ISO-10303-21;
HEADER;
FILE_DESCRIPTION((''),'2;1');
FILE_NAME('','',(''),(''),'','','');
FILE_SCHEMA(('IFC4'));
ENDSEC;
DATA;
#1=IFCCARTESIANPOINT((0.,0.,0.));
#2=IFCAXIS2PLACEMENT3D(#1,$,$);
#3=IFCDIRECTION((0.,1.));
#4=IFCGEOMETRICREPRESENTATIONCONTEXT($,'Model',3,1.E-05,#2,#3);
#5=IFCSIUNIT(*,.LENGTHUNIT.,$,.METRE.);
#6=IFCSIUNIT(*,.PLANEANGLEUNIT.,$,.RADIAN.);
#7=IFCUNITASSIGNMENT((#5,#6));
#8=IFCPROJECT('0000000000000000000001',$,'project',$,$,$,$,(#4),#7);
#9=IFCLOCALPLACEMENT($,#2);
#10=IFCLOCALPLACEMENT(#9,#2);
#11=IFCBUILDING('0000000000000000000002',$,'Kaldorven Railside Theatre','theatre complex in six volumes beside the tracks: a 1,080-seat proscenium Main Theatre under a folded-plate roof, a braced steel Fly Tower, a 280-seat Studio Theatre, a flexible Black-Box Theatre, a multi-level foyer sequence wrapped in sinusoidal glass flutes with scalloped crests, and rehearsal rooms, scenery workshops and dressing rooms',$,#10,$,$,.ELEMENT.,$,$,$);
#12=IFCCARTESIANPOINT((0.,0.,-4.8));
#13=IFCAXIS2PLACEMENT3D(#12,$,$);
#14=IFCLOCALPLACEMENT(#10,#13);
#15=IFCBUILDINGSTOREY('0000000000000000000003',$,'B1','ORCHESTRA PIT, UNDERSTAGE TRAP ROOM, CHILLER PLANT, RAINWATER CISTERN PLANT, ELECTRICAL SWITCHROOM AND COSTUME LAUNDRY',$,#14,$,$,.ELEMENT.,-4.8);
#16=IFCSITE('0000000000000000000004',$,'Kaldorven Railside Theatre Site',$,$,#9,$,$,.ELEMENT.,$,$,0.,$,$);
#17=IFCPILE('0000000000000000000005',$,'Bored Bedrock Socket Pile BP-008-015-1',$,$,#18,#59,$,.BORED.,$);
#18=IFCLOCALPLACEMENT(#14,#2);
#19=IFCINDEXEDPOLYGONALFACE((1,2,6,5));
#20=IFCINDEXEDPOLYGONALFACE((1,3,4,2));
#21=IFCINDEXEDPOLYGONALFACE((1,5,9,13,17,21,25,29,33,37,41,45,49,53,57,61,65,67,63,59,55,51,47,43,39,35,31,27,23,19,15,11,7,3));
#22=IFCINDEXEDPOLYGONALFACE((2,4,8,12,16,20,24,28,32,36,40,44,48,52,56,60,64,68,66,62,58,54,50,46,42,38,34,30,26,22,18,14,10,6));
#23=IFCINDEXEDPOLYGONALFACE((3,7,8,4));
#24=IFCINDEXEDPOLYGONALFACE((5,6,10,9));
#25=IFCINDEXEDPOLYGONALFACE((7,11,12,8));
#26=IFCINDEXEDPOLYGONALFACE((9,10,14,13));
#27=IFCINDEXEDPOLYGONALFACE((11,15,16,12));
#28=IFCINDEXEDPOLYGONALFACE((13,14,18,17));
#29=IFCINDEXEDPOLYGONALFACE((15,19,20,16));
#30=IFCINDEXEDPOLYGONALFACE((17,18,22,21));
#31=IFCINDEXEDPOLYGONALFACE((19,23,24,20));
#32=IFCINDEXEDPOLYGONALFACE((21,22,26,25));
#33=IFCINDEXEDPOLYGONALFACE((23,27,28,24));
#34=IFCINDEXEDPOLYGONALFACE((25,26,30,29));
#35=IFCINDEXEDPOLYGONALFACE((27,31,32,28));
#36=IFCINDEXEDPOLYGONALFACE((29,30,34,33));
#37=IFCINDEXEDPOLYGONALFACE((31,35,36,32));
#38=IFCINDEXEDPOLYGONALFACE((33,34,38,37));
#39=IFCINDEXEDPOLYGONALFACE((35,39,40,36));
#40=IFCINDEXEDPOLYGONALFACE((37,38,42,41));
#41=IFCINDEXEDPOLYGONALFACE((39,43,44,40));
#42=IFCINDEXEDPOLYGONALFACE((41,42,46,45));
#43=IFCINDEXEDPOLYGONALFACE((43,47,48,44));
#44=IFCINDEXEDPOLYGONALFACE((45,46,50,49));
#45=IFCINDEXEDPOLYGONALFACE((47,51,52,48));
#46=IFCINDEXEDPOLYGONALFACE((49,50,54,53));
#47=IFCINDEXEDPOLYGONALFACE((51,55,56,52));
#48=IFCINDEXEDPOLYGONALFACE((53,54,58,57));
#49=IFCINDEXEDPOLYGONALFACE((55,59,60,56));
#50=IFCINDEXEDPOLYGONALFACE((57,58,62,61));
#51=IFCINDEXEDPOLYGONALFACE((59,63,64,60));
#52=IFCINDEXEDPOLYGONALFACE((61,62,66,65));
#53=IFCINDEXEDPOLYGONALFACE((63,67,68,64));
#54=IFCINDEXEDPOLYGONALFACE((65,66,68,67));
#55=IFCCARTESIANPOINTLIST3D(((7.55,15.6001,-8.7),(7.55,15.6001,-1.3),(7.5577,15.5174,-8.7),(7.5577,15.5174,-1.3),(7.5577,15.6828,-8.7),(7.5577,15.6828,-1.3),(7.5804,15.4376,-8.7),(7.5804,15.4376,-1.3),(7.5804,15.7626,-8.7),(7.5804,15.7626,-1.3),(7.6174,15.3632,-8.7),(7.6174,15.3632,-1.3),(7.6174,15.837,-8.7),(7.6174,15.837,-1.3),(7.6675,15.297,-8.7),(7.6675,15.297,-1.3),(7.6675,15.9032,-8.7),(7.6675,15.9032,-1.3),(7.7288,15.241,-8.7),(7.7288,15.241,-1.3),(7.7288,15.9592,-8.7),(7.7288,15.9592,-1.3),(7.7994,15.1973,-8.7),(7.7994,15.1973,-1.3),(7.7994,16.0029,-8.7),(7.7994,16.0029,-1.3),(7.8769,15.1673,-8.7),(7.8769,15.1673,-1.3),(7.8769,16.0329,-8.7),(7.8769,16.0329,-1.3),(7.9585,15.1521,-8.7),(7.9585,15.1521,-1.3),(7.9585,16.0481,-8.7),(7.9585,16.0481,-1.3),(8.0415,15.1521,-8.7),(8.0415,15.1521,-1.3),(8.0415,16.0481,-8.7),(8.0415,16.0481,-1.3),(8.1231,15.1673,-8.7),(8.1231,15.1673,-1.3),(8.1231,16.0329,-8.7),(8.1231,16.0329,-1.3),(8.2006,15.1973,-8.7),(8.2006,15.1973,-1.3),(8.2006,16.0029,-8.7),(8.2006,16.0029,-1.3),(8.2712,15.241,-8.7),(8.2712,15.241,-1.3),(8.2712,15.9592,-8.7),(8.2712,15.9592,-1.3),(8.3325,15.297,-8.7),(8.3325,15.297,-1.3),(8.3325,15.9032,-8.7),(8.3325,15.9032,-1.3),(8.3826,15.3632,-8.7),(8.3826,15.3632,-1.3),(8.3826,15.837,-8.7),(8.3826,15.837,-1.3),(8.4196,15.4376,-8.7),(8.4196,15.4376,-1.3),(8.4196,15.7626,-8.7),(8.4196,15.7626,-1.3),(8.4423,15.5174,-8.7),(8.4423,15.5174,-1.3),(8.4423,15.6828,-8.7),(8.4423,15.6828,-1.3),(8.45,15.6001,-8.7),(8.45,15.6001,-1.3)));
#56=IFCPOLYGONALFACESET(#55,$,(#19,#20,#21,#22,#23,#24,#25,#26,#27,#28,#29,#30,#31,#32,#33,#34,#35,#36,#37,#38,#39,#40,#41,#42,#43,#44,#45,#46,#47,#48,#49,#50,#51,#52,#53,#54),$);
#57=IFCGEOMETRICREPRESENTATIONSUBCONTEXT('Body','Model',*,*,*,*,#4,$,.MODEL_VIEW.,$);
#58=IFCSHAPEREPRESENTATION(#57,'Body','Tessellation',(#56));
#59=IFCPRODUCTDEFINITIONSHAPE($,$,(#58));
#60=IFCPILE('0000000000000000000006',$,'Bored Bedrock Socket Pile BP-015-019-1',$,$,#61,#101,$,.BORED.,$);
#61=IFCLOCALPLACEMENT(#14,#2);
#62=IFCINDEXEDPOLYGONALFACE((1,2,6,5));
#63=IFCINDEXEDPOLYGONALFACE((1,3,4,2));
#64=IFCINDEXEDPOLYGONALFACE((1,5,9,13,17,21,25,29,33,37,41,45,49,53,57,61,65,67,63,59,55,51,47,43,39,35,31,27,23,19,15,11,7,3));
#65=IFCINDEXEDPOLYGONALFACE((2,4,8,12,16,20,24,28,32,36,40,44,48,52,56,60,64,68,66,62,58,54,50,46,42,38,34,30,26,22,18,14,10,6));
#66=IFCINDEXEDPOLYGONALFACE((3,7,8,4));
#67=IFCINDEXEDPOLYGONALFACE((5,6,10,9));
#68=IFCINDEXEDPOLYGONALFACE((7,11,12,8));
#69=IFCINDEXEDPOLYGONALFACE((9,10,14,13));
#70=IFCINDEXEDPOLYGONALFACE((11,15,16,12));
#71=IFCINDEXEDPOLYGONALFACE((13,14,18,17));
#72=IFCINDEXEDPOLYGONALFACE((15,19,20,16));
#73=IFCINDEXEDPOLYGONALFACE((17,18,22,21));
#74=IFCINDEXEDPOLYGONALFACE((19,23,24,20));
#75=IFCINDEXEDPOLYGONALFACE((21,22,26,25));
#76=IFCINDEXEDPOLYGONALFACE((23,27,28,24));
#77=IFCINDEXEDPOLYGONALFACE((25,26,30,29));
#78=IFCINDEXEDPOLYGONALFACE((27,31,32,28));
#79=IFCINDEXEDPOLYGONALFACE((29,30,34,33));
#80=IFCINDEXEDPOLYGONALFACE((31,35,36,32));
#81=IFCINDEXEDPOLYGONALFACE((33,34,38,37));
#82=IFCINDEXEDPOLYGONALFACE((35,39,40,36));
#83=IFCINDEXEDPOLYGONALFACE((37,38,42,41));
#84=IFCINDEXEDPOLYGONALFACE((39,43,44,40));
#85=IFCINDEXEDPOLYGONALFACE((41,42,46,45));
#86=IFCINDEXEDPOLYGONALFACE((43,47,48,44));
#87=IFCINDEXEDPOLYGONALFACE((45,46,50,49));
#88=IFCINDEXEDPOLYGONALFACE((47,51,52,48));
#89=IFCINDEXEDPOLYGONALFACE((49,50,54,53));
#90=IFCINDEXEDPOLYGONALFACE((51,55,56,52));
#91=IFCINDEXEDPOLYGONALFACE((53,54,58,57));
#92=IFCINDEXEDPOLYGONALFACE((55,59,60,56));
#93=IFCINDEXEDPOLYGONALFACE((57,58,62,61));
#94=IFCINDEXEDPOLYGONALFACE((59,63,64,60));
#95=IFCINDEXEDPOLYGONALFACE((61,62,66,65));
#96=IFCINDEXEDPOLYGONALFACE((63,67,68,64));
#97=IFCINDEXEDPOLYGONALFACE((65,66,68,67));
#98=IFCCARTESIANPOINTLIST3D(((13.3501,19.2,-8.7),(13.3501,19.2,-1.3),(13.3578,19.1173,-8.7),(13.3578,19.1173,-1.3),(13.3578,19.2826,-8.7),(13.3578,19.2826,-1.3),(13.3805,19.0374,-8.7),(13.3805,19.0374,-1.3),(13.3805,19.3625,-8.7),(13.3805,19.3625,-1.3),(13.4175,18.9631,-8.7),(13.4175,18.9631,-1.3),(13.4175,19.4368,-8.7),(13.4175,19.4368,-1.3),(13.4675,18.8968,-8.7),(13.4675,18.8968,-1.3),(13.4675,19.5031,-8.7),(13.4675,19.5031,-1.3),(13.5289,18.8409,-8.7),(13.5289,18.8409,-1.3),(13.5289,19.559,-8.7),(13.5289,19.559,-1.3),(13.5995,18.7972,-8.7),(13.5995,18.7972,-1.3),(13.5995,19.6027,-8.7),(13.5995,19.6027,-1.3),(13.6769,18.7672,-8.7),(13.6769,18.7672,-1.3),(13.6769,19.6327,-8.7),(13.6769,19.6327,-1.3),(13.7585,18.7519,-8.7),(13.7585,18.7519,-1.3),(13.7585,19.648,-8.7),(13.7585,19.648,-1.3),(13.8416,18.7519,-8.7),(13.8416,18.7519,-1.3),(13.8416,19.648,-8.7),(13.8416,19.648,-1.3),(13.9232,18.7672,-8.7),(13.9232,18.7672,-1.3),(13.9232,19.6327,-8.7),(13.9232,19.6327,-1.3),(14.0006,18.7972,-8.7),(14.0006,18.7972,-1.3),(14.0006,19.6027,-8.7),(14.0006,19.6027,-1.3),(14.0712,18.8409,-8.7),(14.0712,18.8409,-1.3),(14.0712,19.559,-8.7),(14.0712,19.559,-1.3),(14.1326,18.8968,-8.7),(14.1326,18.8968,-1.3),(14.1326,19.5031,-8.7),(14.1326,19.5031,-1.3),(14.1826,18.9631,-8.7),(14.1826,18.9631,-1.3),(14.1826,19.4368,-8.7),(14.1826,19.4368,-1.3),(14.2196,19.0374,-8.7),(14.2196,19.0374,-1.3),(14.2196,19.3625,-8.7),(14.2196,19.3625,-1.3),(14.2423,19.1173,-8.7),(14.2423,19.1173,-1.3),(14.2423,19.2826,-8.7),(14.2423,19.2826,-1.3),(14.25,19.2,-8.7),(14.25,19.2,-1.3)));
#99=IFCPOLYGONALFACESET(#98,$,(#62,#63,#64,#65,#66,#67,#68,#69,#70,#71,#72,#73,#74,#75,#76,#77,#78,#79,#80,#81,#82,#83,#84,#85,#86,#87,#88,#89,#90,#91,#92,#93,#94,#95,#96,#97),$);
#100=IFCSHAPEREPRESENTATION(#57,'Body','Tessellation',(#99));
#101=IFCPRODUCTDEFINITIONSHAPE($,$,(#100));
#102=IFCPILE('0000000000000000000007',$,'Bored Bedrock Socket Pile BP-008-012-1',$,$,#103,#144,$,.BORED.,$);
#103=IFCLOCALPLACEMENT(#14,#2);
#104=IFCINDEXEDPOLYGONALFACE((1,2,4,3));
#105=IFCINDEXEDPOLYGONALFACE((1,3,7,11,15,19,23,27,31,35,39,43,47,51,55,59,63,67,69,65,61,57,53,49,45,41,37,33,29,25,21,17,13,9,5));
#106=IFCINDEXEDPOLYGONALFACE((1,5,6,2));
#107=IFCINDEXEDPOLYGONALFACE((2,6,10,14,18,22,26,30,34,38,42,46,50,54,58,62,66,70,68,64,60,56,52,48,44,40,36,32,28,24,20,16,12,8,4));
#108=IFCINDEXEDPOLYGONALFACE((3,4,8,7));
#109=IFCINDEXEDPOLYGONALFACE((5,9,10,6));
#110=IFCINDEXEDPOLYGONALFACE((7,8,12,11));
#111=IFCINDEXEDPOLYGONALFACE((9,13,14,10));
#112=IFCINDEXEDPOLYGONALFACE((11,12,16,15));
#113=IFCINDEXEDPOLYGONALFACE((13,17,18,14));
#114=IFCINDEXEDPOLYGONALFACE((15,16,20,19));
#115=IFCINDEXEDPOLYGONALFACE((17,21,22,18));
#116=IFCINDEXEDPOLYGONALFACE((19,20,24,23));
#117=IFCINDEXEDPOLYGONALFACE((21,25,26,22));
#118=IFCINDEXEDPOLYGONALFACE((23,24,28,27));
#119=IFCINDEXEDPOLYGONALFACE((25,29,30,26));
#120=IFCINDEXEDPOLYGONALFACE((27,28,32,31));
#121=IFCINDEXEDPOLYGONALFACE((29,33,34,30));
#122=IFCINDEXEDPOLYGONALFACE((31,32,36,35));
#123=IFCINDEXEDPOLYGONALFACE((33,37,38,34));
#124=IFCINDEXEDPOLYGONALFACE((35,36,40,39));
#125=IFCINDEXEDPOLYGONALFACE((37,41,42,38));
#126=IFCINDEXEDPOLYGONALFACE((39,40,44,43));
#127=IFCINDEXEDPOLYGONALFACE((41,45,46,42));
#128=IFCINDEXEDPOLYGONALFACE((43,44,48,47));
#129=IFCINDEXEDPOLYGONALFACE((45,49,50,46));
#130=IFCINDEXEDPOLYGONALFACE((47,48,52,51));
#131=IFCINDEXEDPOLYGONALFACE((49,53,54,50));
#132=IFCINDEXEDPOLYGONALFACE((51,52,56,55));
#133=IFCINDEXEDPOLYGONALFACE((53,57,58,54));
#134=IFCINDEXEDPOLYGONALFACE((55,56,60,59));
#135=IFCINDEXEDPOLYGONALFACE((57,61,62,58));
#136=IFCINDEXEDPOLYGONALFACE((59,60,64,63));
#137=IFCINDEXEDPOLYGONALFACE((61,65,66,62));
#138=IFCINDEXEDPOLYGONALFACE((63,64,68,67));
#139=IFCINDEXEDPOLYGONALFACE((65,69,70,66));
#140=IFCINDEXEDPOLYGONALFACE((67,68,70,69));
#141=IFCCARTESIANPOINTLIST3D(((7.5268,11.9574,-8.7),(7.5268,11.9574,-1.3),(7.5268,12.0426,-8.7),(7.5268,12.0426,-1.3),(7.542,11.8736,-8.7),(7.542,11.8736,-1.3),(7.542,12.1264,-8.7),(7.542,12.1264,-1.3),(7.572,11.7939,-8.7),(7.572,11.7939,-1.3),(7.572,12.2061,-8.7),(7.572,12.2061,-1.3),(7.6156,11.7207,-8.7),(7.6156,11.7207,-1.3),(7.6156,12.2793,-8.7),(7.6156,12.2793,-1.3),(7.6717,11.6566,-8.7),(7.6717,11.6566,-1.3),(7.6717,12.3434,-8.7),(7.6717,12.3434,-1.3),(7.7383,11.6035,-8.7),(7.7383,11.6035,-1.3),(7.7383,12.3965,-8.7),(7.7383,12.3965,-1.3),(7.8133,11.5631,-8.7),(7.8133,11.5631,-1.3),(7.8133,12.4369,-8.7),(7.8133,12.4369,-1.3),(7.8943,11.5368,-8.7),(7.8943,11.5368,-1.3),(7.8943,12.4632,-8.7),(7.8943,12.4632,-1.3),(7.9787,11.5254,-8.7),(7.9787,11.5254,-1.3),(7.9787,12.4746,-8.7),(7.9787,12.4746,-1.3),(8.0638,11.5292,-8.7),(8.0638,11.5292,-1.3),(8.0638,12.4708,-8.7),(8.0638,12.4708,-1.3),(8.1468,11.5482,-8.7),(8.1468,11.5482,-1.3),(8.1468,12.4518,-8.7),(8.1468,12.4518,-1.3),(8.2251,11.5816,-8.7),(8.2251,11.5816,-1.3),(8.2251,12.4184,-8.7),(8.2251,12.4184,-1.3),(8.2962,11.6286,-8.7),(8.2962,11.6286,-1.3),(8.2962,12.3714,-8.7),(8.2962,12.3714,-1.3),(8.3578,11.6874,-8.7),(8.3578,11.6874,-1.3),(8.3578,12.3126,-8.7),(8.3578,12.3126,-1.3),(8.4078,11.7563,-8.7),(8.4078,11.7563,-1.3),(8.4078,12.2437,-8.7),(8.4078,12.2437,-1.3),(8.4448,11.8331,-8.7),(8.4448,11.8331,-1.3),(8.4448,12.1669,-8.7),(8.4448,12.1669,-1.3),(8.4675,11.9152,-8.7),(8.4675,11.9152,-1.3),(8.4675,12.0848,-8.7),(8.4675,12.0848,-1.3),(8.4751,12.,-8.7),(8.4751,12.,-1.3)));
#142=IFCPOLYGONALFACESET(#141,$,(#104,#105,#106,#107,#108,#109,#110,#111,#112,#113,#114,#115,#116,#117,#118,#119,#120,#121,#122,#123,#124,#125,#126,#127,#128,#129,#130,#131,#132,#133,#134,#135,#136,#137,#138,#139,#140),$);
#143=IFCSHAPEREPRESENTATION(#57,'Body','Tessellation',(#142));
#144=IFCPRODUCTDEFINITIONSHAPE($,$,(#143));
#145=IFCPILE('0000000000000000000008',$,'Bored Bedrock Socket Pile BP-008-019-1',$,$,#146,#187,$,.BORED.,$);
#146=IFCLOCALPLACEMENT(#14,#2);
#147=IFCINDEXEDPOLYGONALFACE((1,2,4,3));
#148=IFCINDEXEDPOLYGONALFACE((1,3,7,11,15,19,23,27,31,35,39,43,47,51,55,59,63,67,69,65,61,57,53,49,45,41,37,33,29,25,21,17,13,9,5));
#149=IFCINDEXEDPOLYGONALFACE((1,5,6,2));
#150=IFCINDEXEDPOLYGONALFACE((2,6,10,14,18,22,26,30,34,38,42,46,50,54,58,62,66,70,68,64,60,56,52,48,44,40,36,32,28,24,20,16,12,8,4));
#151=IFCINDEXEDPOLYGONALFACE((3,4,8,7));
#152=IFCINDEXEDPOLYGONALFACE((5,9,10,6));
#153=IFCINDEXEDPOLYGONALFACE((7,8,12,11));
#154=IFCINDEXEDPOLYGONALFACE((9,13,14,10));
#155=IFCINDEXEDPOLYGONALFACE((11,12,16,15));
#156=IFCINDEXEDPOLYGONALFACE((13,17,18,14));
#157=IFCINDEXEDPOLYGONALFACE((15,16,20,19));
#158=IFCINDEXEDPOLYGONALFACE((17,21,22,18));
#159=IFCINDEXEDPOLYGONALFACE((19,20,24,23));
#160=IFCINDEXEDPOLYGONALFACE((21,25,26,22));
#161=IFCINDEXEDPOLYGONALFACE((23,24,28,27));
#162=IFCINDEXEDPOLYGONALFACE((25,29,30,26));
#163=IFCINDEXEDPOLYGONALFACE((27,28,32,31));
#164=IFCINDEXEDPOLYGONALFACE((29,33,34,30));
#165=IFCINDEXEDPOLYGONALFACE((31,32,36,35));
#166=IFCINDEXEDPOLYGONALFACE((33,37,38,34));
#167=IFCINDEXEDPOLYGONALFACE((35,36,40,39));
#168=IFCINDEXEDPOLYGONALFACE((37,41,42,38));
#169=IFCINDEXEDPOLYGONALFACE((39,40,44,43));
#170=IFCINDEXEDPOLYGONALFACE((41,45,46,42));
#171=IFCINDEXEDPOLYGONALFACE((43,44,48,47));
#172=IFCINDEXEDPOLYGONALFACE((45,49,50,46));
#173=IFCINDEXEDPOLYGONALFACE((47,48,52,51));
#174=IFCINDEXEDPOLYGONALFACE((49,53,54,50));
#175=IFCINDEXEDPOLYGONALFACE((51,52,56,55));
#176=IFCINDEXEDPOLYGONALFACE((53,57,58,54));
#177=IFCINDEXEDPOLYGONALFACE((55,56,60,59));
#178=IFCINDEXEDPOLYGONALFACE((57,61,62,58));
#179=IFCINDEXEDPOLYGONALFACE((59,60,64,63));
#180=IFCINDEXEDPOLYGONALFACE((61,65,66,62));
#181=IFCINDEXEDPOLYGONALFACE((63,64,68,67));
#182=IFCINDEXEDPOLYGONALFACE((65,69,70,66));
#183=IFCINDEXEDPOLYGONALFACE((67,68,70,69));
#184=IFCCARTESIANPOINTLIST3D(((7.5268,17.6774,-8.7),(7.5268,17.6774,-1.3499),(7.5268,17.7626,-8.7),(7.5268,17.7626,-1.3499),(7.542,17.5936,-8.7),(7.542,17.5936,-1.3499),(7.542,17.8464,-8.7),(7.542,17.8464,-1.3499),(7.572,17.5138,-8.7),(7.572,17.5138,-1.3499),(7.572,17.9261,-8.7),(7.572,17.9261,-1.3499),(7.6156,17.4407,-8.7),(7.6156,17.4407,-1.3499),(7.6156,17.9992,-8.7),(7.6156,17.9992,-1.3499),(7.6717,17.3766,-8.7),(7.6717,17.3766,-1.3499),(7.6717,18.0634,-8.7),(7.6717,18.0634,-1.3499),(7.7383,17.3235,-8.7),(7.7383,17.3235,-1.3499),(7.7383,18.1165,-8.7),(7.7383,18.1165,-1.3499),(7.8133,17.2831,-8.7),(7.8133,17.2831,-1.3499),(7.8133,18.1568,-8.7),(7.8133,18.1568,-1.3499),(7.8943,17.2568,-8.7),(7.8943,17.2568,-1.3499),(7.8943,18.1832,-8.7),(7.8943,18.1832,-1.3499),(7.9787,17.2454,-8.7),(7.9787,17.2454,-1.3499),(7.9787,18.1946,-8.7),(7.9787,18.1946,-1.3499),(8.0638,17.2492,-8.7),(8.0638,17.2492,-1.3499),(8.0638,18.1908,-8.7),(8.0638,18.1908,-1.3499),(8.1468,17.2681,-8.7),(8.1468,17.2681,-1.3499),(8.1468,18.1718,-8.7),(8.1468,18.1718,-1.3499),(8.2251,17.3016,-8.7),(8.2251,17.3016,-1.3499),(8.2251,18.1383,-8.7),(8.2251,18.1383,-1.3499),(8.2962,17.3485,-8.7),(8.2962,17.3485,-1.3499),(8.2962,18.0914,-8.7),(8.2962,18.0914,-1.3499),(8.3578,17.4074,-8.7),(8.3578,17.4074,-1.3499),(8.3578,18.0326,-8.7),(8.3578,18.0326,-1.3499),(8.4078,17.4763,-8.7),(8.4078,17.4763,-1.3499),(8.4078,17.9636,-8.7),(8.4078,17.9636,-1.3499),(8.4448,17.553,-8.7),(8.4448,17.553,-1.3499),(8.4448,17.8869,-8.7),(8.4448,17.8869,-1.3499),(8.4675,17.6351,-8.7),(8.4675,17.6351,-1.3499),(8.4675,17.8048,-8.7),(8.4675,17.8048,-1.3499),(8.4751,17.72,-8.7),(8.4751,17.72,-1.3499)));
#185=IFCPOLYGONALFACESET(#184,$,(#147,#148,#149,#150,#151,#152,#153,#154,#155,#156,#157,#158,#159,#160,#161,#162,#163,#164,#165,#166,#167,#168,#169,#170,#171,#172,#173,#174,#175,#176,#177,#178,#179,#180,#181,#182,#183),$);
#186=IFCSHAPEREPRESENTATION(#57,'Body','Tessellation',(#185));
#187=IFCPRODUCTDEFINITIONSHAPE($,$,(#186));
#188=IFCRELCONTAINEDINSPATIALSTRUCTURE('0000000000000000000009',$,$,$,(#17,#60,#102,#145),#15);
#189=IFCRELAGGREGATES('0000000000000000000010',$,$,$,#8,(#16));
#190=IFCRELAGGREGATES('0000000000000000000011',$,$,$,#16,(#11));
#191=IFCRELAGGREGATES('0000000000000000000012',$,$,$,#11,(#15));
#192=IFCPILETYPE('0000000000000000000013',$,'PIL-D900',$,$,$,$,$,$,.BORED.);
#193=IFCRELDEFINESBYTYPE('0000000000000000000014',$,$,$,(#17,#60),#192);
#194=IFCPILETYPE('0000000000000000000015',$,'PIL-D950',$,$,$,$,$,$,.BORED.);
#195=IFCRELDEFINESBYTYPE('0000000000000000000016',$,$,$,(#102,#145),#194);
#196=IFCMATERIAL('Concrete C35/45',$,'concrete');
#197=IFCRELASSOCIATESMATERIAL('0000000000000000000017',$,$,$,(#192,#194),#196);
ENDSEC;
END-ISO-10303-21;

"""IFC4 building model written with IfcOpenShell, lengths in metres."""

from ifc_helpers import new_model, si_unit, direction, frame, origin, origin_2d, place, context, subcontext, project, spatial, circle, extrude, material, material_profile, profile_set, type_object, element, save


model = new_model("IFC4")

# Units and contexts
model_context = context("Model", 3, precision=1e-05, world=origin(), true_north=direction((0.0, 1.0)))
body_context = subcontext(model_context, "Body", "Model", "MODEL_VIEW")
ifc_project = project(units=[si_unit("LENGTHUNIT", "METRE"), si_unit("PLANEANGLEUNIT", "RADIAN")], contexts=[model_context])

# Site, building, storey
site_placement = place(None, origin())
site = spatial("IfcSite", under=ifc_project, at=site_placement, Name="Kaldorven Railside Theatre Site", CompositionType="ELEMENT", RefElevation=0.0)
building_placement = place(site_placement, origin())
building = spatial("IfcBuilding", under=site, at=building_placement, Name="Kaldorven Railside Theatre", Description="theatre complex in six volumes beside the tracks: a 1,080-seat proscenium Main Theatre under a folded-plate roof, a braced steel Fly Tower, a 280-seat Studio Theatre, a flexible Black-Box Theatre, a multi-level foyer sequence wrapped in sinusoidal glass flutes with scalloped crests, and rehearsal rooms, scenery workshops and dressing rooms", CompositionType="ELEMENT")
storey_placement = place(building_placement, frame((0.0, 0.0, -4.8)))
storey = spatial("IfcBuildingStorey", under=building, at=storey_placement, Name="B1", Description="ORCHESTRA PIT, UNDERSTAGE TRAP ROOM, CHILLER PLANT, RAINWATER CISTERN PLANT, ELECTRICAL SWITCHROOM AND COSTUME LAUNDRY", CompositionType="ELEMENT", Elevation=-4.8)

# Piles
ifc_material_1 = material(Name="Concrete C35/45", Category="concrete")
ifc_material_profile_1 = material_profile(ifc_material_1, circle(Radius=0.45, at=origin_2d()), Name="BP D900")
ifc_profile_set_1 = profile_set([ifc_material_profile_1], Name="Concrete C35/45")
pile_type_1 = type_object("IfcPileType", Name="PIL-D900", PredefinedType="BORED", material=ifc_profile_set_1)
for number, where, z_axis, x_axis, name in (
    (1, (8.0, 15.6001, -1.3), (0.0, 0.0, -1.0), (1.0, 0.0, 0.0), "Bored Bedrock Socket Pile BP-008-015-1"),
    (2, (13.8, 19.2, -1.3), (0.0, 0.0, -1.0), (1.0, 0.0, 0.0), "Bored Bedrock Socket Pile BP-015-019-1"),
):
    element("IfcPile", number, at=place(storey_placement, frame(where, z_axis=z_axis, x_axis=x_axis)), inside=storey, type_object=pile_type_1, Name=name, PredefinedType="BORED", context=body_context, shape_type="SweptSolid", body=[
        extrude(circle(Radius=0.45, at=origin_2d()), origin(), (0.0, 0.0, 1.0), 7.3999),
    ])
ifc_material_profile_2 = material_profile(ifc_material_1, circle(Radius=0.4751, at=origin_2d()), Name="BP D950")
ifc_profile_set_2 = profile_set([ifc_material_profile_2], Name="Concrete C35/45")
pile_type_2 = type_object("IfcPileType", Name="PIL-D950", PredefinedType="BORED", material=ifc_profile_set_2)
pile_placement = place(storey_placement, frame((8.0, 12.0, -1.3), z_axis=(0.0, 0.0, -1.0), x_axis=(1.0, 0.0, 0.0)))
element("IfcPile", 3, at=pile_placement, inside=storey, type_object=pile_type_2, Name="Bored Bedrock Socket Pile BP-008-012-1", PredefinedType="BORED", context=body_context, shape_type="SweptSolid", body=[
    extrude(circle(Radius=0.4751, at=origin_2d()), origin(), (0.0, 0.0, 1.0), 7.3999),
])
for number, where, z_axis, x_axis, name in (
    (4, (8.0, 17.72, -1.3499), (0.0, 0.0, -1.0), (1.0, 0.0, 0.0), "Bored Bedrock Socket Pile BP-008-019-1"),
):
    element("IfcPile", number, at=place(storey_placement, frame(where, z_axis=z_axis, x_axis=x_axis)), inside=storey, type_object=pile_type_2, Name=name, PredefinedType="BORED", context=body_context, shape_type="SweptSolid", body=[
        extrude(circle(Radius=0.4751, at=origin_2d()), origin(), (0.0, 0.0, 1.0), 7.3501),
    ])

save(model, "model.ifc")
